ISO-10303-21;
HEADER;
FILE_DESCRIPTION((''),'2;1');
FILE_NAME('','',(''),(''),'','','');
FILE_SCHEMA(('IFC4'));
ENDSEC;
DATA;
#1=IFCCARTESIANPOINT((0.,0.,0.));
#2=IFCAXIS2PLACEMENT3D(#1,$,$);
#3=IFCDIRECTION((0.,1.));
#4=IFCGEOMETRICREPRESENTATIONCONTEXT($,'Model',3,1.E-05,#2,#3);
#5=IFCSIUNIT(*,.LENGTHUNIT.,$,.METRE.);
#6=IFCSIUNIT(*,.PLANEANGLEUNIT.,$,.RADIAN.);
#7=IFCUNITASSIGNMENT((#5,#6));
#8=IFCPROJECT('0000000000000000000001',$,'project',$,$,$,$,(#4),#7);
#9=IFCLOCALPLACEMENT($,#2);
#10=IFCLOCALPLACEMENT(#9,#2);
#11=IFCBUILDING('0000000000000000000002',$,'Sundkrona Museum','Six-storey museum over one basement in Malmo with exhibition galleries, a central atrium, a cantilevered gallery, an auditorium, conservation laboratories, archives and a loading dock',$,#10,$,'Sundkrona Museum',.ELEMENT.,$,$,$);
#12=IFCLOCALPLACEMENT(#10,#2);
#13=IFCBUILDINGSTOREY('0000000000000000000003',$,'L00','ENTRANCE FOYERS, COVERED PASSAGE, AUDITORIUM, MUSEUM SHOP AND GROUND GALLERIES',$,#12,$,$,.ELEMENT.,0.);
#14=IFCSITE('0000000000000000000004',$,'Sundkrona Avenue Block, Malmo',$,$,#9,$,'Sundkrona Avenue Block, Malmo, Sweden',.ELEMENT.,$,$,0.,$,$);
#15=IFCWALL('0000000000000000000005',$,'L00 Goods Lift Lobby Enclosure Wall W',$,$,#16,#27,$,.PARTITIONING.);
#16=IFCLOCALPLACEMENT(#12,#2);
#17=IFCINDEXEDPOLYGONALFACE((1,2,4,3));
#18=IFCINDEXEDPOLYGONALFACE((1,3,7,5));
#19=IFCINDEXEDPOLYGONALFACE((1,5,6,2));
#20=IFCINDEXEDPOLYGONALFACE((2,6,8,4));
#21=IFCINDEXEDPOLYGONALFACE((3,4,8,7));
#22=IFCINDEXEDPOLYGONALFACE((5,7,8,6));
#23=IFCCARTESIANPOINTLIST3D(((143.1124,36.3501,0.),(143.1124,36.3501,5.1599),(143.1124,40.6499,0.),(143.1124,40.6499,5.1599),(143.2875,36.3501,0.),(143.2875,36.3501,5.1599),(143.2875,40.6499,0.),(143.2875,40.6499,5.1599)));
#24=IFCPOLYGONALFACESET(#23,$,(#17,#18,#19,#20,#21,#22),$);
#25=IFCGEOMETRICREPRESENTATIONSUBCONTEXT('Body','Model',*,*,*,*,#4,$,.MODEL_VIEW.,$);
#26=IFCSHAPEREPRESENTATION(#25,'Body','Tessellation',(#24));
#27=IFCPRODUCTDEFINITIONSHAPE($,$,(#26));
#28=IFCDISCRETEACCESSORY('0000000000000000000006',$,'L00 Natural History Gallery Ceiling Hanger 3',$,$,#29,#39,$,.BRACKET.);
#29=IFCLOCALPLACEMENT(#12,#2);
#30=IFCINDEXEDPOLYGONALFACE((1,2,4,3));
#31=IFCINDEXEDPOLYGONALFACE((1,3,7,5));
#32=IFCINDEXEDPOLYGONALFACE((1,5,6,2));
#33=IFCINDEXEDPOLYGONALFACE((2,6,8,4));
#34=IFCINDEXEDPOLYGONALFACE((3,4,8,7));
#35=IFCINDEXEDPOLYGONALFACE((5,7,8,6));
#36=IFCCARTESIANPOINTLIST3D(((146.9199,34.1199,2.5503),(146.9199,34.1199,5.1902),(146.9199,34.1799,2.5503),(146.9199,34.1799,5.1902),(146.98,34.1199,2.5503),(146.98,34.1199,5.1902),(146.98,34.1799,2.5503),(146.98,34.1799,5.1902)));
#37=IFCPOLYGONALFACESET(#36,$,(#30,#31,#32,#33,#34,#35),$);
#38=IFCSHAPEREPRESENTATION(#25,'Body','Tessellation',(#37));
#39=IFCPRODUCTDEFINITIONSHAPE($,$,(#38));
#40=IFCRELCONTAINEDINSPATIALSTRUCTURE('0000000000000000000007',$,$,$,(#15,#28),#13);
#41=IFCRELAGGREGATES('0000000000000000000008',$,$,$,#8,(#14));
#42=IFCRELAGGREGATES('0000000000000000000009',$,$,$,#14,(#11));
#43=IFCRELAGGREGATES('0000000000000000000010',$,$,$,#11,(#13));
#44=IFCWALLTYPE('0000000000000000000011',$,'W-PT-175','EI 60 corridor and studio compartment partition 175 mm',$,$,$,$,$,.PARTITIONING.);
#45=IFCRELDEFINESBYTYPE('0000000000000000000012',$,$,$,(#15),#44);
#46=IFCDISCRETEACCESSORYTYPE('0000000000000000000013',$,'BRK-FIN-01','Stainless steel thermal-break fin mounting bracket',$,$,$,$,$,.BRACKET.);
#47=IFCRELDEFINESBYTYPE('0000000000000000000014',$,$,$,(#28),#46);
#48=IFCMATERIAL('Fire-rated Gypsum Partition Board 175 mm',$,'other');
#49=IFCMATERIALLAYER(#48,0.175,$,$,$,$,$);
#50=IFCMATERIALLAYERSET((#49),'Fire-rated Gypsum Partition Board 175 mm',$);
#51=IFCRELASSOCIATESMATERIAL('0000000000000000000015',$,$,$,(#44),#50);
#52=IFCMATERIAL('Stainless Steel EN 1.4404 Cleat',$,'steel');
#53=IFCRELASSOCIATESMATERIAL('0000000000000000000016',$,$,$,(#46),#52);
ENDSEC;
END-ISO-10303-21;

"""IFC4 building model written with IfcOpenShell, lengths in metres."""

from ifc_helpers import new_model, si_unit, direction, frame, frame_2d, origin, origin_2d, place, context, subcontext, project, spatial, rectangle, extrude, material, layer, layer_set, type_object, element, save


model = new_model("IFC4")

# Units and contexts
model_context = context("Model", 3, precision=1e-05, world=origin(), true_north=direction((0.0, 1.0)))
body_context = subcontext(model_context, "Body", "Model", "MODEL_VIEW")
ifc_project = project(units=[si_unit("LENGTHUNIT", "METRE"), si_unit("PLANEANGLEUNIT", "RADIAN")], contexts=[model_context])

# Site, building, storey
site_placement = place(None, origin())
site = spatial("IfcSite", under=ifc_project, at=site_placement, Name="Sundkrona Avenue Block, Malmo", LongName="Sundkrona Avenue Block, Malmo, Sweden", CompositionType="ELEMENT", RefElevation=0.0)
building_placement = place(site_placement, origin())
building = spatial("IfcBuilding", under=site, at=building_placement, Name="Sundkrona Museum", Description="Six-storey museum over one basement in Malmo with exhibition galleries, a central atrium, a cantilevered gallery, an auditorium, conservation laboratories, archives and a loading dock", LongName="Sundkrona Museum", CompositionType="ELEMENT")
storey_placement = place(building_placement, origin())
storey = spatial("IfcBuildingStorey", under=building, at=storey_placement, Name="L00", Description="ENTRANCE FOYERS, COVERED PASSAGE, AUDITORIUM, MUSEUM SHOP AND GROUND GALLERIES", CompositionType="ELEMENT", Elevation=0.0)

# Shared definitions
ifc_material_1 = material(Name="Fire-rated Gypsum Partition Board 175 mm", Category="other")
ifc_layer_1 = layer(ifc_material_1, 0.175)
ifc_layer_set_1 = layer_set([ifc_layer_1], Name="Fire-rated Gypsum Partition Board 175 mm")
wall_type = type_object("IfcWallType", Name="W-PT-175", Description="EI 60 corridor and studio compartment partition 175 mm", PredefinedType="PARTITIONING", material=ifc_layer_set_1)

# Wall
wall_1_placement = place(storey_placement, frame((143.2, 36.3501, 0.0), z_axis=(0.0, 0.0, 1.0), x_axis=(0.0, 1.0, 0.0)))
element("IfcWall", 1, at=wall_1_placement, inside=storey, type_object=wall_type, Name="L00 Goods Lift Lobby Enclosure Wall W", PredefinedType="PARTITIONING", context=body_context, shape_type="SweptSolid", body=[
    extrude(rectangle(XDim=4.2998, YDim=0.175, at=frame_2d((2.1499, 0.0))), origin(), (0.0, 0.0, 1.0), 5.1599),
])

# Discrete accessory
ifc_material_2 = material(Name="Stainless Steel EN 1.4404 Cleat", Category="steel")
discrete_accessory_type = type_object("IfcDiscreteAccessoryType", Name="BRK-FIN-01", Description="Stainless steel thermal-break fin mounting bracket", PredefinedType="BRACKET", material=ifc_material_2)
discrete_accessory_placement = place(storey_placement, frame((146.95, 34.1499, 2.5503), z_axis=(0.0, 0.0, 1.0), x_axis=(1.0, 0.0, 0.0)))
element("IfcDiscreteAccessory", 2, at=discrete_accessory_placement, inside=storey, type_object=discrete_accessory_type, Name="L00 Natural History Gallery Ceiling Hanger 3", PredefinedType="BRACKET", context=body_context, shape_type="SweptSolid", body=[
    extrude(rectangle(XDim=0.0601, YDim=0.0601, at=origin_2d()), origin(), (0.0, 0.0, 1.0), 2.6399),
])

save(model, "model.ifc")
